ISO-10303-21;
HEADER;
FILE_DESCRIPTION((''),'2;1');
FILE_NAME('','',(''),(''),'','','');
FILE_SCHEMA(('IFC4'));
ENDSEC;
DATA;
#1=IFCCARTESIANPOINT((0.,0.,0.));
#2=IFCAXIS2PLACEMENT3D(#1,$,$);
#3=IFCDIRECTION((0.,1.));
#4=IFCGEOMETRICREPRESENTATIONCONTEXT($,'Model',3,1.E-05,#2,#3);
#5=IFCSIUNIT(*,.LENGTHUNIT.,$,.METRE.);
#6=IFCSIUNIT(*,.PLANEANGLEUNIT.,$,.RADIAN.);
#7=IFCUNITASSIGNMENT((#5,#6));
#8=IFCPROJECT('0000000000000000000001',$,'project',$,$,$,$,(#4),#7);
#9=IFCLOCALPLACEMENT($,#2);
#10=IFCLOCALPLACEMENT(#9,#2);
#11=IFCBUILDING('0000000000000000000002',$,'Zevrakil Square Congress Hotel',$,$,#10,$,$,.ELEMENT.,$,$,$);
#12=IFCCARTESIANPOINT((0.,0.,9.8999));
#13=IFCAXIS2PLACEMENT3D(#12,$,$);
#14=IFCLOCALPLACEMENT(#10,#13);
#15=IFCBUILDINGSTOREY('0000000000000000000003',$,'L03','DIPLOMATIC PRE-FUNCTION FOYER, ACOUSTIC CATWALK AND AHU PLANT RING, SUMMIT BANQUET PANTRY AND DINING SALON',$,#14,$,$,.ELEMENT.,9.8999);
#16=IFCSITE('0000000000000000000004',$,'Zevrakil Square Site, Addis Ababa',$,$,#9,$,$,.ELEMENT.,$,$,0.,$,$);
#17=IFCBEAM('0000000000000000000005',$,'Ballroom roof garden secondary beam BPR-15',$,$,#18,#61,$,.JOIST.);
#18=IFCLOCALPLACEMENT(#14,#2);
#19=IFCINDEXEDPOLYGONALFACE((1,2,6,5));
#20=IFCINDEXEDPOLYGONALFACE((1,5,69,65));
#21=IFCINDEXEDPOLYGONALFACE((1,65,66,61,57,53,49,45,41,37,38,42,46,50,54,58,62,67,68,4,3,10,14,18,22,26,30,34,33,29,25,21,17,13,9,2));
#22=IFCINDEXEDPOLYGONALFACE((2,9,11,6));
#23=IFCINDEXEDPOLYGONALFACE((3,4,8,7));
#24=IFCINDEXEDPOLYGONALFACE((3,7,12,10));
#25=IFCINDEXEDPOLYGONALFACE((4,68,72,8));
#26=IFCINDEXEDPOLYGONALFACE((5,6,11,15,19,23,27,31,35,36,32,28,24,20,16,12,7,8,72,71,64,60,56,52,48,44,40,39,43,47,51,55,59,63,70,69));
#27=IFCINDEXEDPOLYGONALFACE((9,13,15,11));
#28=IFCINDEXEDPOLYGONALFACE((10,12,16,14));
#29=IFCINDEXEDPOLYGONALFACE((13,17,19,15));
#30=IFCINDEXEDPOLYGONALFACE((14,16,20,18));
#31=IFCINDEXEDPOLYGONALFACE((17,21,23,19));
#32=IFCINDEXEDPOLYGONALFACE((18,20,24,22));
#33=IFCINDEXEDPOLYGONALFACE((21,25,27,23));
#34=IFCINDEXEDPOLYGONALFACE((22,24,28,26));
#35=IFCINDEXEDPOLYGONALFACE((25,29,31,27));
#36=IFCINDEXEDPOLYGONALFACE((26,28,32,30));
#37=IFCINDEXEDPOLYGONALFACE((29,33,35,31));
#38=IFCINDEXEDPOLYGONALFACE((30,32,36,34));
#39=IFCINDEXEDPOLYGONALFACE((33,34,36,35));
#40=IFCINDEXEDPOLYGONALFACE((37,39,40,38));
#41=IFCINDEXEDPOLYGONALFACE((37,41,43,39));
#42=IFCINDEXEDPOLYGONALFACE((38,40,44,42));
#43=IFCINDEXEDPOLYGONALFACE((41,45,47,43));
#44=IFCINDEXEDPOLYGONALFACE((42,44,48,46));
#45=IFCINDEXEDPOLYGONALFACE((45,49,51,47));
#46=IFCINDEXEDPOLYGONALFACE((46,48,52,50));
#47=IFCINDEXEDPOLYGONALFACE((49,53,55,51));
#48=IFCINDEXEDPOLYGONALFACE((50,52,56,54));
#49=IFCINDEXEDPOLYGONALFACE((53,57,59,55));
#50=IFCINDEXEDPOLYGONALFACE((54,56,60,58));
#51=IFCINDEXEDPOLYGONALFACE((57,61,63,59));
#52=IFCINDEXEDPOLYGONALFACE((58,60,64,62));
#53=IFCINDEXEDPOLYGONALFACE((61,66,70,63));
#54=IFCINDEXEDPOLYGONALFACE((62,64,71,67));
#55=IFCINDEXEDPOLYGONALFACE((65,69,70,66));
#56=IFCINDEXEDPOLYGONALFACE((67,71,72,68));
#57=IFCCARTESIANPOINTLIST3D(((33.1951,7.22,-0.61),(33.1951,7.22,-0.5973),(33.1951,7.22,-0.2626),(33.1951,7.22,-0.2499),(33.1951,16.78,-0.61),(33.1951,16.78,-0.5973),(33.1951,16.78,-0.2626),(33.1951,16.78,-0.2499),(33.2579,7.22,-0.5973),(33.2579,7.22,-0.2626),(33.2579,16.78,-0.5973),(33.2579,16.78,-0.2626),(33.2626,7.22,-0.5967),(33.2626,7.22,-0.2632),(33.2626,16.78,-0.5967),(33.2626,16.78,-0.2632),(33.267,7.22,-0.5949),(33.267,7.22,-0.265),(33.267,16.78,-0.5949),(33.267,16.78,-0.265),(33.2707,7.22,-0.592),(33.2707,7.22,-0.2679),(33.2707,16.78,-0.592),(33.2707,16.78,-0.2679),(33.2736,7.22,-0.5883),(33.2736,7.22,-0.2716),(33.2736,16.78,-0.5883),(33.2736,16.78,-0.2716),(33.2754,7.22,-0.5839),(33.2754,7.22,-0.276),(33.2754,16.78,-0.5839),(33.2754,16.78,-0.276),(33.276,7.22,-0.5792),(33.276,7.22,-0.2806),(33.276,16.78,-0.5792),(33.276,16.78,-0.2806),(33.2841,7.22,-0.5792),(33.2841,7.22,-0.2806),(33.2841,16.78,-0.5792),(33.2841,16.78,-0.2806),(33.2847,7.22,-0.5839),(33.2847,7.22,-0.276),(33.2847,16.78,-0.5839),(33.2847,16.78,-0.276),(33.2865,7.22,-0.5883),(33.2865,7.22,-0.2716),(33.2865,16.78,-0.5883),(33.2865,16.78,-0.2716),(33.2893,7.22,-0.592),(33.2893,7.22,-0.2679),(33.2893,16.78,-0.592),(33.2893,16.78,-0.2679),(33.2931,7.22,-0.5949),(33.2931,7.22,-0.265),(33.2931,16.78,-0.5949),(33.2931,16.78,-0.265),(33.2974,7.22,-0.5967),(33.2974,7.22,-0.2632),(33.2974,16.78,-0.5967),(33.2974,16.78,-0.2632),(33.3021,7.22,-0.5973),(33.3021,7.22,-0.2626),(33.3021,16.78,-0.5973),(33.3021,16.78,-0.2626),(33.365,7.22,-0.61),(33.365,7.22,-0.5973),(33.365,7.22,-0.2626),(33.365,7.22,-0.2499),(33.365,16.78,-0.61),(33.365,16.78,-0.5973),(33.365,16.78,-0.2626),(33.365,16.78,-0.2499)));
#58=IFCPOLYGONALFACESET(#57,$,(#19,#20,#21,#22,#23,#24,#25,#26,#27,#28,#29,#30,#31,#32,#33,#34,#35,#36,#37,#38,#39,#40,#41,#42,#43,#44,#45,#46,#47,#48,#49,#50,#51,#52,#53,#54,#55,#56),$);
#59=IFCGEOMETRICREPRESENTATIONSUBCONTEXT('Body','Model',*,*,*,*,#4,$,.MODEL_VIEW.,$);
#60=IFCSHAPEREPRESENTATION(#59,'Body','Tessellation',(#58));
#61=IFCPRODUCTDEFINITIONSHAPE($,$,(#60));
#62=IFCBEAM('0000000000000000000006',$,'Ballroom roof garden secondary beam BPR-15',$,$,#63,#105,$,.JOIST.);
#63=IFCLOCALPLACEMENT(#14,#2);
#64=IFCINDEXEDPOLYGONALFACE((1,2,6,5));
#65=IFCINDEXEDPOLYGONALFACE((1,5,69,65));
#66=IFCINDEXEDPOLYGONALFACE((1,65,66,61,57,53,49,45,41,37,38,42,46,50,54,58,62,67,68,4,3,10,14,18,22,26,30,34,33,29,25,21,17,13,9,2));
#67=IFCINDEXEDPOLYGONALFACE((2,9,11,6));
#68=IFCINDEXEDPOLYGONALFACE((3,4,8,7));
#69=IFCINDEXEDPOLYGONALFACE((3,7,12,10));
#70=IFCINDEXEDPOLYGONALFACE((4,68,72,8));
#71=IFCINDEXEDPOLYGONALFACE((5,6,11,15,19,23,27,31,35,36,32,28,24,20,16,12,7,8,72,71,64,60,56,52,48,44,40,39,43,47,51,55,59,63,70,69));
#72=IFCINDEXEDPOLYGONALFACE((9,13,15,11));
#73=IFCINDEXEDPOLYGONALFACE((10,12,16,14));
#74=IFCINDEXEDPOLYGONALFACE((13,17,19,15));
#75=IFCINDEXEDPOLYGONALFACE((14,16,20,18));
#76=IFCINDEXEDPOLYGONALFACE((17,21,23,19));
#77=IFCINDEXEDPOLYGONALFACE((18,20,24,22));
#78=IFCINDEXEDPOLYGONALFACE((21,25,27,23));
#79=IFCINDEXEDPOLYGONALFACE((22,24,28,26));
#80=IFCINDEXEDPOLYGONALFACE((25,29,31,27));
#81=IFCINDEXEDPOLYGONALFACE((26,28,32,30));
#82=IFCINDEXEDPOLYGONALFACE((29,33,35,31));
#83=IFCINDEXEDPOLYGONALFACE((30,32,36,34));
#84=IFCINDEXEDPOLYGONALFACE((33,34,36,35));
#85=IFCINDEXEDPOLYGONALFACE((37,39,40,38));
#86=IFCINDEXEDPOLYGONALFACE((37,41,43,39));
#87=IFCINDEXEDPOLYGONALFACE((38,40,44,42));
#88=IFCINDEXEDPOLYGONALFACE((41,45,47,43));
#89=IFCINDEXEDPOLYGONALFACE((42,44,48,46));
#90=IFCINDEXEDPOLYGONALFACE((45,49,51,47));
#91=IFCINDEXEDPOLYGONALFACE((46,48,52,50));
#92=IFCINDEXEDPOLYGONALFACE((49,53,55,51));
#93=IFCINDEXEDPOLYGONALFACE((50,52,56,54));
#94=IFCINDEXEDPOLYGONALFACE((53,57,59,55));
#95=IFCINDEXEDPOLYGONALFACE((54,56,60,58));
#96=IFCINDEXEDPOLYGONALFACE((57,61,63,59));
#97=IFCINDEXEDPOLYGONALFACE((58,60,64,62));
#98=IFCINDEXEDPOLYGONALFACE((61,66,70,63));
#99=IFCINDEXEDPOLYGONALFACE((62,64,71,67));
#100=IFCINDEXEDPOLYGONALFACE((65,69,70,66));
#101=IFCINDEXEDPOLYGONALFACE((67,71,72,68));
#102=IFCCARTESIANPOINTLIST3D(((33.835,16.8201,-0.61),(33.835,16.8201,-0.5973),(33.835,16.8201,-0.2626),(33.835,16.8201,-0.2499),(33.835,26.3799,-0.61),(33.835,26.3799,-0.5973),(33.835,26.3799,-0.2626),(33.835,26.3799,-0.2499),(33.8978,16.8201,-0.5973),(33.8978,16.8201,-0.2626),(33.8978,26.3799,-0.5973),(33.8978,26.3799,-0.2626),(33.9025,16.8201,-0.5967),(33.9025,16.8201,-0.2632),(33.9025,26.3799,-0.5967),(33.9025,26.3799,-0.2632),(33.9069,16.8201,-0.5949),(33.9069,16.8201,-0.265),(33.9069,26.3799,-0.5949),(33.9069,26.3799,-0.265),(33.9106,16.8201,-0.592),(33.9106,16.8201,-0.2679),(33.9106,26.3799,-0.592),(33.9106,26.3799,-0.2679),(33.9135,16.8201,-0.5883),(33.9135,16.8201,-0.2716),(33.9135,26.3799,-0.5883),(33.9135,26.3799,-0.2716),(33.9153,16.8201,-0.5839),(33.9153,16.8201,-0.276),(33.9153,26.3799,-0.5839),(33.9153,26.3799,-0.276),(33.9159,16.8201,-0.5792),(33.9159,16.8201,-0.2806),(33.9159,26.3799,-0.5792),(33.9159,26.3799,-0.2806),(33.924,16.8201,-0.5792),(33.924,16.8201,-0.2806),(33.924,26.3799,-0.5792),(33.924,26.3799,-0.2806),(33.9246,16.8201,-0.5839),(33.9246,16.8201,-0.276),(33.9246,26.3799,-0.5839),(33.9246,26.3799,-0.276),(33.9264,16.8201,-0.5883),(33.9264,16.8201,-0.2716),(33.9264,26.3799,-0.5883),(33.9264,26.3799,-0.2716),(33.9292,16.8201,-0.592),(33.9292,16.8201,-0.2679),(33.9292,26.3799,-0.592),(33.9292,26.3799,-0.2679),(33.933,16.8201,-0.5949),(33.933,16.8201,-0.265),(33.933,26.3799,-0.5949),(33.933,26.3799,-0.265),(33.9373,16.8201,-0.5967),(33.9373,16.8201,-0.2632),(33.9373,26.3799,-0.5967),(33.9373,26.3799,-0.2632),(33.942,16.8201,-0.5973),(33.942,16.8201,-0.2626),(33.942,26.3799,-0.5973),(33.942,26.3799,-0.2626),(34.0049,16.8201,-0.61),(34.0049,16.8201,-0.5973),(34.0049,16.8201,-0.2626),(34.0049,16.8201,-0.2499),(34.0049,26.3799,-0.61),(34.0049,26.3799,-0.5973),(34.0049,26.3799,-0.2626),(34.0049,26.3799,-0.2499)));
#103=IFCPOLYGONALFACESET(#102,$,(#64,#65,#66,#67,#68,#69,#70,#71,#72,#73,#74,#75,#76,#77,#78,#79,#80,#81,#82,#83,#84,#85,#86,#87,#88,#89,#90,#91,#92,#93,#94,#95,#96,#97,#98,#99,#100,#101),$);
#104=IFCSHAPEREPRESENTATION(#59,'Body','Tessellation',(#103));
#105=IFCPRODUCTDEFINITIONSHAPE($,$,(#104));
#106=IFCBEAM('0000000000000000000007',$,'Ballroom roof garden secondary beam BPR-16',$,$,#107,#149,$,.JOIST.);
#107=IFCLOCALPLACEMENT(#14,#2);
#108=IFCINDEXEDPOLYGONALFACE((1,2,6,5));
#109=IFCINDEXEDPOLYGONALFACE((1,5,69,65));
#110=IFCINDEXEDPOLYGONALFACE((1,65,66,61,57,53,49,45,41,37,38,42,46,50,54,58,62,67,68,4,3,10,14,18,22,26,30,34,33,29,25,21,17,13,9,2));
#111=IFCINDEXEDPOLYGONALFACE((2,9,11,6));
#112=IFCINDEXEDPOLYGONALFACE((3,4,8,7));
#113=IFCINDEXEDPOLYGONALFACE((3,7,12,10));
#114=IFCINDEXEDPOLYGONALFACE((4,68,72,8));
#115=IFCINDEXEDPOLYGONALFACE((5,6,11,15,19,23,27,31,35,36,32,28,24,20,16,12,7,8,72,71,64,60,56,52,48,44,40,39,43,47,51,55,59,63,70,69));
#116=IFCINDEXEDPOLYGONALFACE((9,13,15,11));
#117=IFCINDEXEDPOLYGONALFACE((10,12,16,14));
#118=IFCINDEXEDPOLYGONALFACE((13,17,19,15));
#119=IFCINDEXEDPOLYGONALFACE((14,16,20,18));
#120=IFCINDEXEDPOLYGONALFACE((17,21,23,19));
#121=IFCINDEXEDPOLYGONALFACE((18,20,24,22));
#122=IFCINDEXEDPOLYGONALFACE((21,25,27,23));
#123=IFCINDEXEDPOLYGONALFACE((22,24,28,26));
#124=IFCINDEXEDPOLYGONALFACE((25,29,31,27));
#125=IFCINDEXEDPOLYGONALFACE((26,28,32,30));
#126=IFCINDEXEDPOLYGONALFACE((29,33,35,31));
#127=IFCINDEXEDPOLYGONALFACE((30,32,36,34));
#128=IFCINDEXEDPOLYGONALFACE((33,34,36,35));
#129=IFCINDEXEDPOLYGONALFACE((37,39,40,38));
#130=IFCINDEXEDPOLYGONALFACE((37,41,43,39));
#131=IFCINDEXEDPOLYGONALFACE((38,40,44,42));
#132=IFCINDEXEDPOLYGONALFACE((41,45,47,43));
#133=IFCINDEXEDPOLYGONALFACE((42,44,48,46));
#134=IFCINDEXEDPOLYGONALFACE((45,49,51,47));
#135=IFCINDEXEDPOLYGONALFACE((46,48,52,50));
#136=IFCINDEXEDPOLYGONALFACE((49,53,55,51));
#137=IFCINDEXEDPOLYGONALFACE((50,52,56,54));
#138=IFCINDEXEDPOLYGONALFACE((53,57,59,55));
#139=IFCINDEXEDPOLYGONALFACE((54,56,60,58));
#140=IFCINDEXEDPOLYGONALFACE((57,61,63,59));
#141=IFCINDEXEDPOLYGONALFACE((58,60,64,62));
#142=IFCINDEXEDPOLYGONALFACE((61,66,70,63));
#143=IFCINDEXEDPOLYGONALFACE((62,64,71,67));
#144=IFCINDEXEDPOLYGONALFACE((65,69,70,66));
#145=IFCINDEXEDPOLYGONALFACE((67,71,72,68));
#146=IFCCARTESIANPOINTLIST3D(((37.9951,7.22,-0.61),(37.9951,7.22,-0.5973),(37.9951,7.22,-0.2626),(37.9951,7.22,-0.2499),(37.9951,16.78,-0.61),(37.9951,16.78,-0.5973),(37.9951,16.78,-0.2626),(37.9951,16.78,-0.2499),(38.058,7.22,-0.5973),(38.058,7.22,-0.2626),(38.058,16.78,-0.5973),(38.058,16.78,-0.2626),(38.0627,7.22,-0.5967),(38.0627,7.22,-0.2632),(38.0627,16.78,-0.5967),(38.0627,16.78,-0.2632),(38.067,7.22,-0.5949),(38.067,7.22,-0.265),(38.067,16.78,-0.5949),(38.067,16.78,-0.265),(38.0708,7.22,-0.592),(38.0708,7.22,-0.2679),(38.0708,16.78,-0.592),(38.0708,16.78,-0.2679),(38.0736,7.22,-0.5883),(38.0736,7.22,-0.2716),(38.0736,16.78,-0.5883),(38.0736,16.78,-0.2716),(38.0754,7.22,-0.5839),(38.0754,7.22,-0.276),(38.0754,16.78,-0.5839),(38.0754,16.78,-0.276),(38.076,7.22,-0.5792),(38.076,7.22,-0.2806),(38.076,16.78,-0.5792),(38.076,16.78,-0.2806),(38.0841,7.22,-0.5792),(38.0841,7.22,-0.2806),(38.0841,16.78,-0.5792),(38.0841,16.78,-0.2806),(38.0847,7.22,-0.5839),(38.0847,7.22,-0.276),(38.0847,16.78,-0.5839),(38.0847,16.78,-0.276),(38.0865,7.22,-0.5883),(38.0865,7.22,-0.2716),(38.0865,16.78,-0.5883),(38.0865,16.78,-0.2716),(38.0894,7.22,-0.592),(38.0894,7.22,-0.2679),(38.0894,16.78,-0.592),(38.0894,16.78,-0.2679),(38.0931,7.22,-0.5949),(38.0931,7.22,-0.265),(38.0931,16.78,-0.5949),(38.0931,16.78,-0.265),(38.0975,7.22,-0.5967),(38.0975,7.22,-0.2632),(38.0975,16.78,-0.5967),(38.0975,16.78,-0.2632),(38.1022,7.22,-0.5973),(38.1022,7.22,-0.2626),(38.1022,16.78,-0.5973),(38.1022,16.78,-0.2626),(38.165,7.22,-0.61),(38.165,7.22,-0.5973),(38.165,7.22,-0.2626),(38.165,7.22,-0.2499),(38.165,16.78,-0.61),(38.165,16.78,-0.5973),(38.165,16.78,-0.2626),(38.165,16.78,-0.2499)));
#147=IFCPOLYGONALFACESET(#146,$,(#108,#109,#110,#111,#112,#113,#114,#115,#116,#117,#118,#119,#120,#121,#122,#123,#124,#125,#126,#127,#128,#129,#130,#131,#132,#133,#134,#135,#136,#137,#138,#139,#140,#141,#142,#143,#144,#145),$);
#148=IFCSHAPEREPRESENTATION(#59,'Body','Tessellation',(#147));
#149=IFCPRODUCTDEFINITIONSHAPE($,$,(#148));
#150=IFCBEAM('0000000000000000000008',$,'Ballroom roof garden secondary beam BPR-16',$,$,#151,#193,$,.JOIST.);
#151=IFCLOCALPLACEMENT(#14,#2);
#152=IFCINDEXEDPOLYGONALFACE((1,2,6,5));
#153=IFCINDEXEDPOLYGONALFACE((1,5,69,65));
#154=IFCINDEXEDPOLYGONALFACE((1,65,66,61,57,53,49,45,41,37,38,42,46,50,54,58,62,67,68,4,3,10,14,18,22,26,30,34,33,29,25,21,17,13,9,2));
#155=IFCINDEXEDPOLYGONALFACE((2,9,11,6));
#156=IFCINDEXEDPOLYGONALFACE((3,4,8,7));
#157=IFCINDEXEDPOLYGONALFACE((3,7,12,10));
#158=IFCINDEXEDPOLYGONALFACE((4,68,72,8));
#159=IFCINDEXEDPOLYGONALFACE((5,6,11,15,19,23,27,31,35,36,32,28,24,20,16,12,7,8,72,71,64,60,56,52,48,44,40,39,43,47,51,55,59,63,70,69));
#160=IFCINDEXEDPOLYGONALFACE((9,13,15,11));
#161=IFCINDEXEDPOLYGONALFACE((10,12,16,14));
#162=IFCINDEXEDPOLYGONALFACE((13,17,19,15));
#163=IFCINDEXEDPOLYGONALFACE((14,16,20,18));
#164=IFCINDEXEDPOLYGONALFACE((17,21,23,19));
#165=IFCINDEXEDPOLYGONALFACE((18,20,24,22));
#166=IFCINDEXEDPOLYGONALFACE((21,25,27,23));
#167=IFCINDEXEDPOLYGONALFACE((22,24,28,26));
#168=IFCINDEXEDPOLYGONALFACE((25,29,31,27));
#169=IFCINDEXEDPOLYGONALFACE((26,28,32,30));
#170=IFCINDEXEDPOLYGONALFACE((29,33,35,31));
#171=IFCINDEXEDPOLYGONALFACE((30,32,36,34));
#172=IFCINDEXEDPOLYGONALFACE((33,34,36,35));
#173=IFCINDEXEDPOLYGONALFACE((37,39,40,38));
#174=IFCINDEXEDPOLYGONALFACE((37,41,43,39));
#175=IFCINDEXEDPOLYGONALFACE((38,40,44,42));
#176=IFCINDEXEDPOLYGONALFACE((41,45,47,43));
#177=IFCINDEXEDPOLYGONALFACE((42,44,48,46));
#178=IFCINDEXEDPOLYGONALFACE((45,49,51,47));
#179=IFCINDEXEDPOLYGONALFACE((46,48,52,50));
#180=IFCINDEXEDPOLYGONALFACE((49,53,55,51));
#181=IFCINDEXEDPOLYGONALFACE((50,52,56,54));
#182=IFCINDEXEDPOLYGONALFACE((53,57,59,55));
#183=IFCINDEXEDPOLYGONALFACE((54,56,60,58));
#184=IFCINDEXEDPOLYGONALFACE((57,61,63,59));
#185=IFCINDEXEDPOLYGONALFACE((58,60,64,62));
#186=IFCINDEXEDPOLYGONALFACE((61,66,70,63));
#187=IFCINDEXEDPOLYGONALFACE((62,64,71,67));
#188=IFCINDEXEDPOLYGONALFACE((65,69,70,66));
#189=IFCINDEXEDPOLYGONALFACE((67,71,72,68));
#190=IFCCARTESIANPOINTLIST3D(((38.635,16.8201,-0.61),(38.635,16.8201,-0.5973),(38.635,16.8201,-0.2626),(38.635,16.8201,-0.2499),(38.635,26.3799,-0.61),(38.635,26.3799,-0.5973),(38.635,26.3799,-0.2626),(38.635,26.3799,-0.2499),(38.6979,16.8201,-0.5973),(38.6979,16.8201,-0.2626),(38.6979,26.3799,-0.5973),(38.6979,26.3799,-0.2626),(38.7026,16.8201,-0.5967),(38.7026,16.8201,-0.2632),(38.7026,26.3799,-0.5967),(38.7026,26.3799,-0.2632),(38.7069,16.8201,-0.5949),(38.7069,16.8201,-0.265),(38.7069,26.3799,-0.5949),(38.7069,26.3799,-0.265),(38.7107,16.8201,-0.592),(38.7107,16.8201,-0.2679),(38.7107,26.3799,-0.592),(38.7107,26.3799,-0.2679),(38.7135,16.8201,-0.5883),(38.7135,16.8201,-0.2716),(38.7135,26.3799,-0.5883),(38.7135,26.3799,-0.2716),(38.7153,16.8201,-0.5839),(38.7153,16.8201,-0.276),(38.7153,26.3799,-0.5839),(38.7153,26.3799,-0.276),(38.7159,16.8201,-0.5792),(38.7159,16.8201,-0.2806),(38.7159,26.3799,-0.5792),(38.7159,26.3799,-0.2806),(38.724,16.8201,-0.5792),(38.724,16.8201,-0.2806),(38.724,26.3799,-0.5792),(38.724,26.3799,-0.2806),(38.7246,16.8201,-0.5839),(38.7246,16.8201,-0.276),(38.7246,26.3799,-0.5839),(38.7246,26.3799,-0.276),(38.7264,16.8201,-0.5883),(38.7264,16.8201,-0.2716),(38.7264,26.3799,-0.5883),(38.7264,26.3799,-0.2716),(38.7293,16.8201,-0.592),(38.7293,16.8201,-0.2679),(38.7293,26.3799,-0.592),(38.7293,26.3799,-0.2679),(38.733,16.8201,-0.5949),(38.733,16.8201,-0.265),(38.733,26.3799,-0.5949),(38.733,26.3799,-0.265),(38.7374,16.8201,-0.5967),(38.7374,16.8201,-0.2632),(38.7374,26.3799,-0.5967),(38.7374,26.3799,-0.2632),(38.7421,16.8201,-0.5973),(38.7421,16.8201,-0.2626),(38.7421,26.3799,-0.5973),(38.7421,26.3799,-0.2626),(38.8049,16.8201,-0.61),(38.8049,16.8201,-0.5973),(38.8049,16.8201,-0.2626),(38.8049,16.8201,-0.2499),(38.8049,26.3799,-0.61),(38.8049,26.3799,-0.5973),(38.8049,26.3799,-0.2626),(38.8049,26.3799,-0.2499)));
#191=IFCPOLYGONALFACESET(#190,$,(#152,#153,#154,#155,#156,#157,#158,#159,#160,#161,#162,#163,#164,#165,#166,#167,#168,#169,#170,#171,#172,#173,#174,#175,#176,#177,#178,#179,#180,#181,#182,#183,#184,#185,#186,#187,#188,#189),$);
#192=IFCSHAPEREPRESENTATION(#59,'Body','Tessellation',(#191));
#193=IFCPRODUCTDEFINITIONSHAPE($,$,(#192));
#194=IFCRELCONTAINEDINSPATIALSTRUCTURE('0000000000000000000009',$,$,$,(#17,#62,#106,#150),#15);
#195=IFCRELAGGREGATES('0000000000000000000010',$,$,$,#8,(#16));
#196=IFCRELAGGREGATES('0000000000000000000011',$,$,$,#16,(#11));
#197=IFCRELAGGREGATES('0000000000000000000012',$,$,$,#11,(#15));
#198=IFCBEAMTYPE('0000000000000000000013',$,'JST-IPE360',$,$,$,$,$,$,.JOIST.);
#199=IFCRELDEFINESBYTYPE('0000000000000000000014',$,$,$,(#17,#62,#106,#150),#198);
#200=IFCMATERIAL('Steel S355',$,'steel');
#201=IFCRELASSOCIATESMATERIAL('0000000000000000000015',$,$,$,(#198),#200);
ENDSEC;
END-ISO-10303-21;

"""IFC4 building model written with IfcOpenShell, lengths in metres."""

from ifc_helpers import new_model, si_unit, direction, frame, origin, origin_2d, place, context, subcontext, project, spatial, i_section, extrude, material, material_profile, profile_set, type_object, element, save


model = new_model("IFC4")

# Units and contexts
model_context = context("Model", 3, precision=1e-05, world=origin(), true_north=direction((0.0, 1.0)))
body_context = subcontext(model_context, "Body", "Model", "MODEL_VIEW")
ifc_project = project(units=[si_unit("LENGTHUNIT", "METRE"), si_unit("PLANEANGLEUNIT", "RADIAN")], contexts=[model_context])

# Site, building, storey
site_placement = place(None, origin())
site = spatial("IfcSite", under=ifc_project, at=site_placement, Name="Zevrakil Square Site, Addis Ababa", CompositionType="ELEMENT", RefElevation=0.0)
building_placement = place(site_placement, origin())
building = spatial("IfcBuilding", under=site, at=building_placement, Name="Zevrakil Square Congress Hotel", CompositionType="ELEMENT")
storey_placement = place(building_placement, frame((0.0, 0.0, 9.8999)))
storey = spatial("IfcBuildingStorey", under=building, at=storey_placement, Name="L03", Description="DIPLOMATIC PRE-FUNCTION FOYER, ACOUSTIC CATWALK AND AHU PLANT RING, SUMMIT BANQUET PANTRY AND DINING SALON", CompositionType="ELEMENT", Elevation=9.8999)

# Beams
ifc_material_1 = material(Name="Steel S355", Category="steel")
ifc_material_profile_1 = material_profile(ifc_material_1, i_section(OverallWidth=0.1699, OverallDepth=0.3601, WebThickness=0.0081, FlangeThickness=0.0127, FilletRadius=0.0181, at=origin_2d()), Name="IPE 360")
ifc_profile_set_1 = profile_set([ifc_material_profile_1], Name="Steel S355")
beam_type_1 = type_object("IfcBeamType", Name="JST-IPE360", PredefinedType="JOIST", material=ifc_profile_set_1)
beam_1_placement = place(storey_placement, frame((33.28, 7.22, -0.4299), z_axis=(0.0, 1.0, 0.0), x_axis=(-1.0, 0.0, 0.0)))
element("IfcBeam", 1, at=beam_1_placement, inside=storey, type_object=beam_type_1, Name="Ballroom roof garden secondary beam BPR-15", PredefinedType="JOIST", context=body_context, shape_type="SweptSolid", body=[
    extrude(i_section(OverallWidth=0.1699, OverallDepth=0.3601, WebThickness=0.0081, FlangeThickness=0.0127, FilletRadius=0.0181, at=origin_2d()), origin(), (0.0, 0.0, 1.0), 9.5601),
])
beam_2_placement = place(storey_placement, frame((33.9199, 16.8201, -0.4299), z_axis=(0.0, 1.0, 0.0), x_axis=(-1.0, 0.0, 0.0)))
element("IfcBeam", 2, at=beam_2_placement, inside=storey, type_object=beam_type_1, Name="Ballroom roof garden secondary beam BPR-15", PredefinedType="JOIST", context=body_context, shape_type="SweptSolid", body=[
    extrude(i_section(OverallWidth=0.1699, OverallDepth=0.3601, WebThickness=0.0081, FlangeThickness=0.0127, FilletRadius=0.0181, at=origin_2d()), origin(), (0.0, 0.0, 1.0), 9.5598),
])
beam_3_placement = place(storey_placement, frame((38.0801, 7.22, -0.4299), z_axis=(0.0, 1.0, 0.0), x_axis=(-1.0, 0.0, 0.0)))
element("IfcBeam", 3, at=beam_3_placement, inside=storey, type_object=beam_type_1, Name="Ballroom roof garden secondary beam BPR-16", PredefinedType="JOIST", context=body_context, shape_type="SweptSolid", body=[
    extrude(i_section(OverallWidth=0.1699, OverallDepth=0.3601, WebThickness=0.0081, FlangeThickness=0.0127, FilletRadius=0.0181, at=origin_2d()), origin(), (0.0, 0.0, 1.0), 9.5601),
])
beam_4_placement = place(storey_placement, frame((38.72, 16.8201, -0.4299), z_axis=(0.0, 1.0, 0.0), x_axis=(-1.0, 0.0, 0.0)))
element("IfcBeam", 4, at=beam_4_placement, inside=storey, type_object=beam_type_1, Name="Ballroom roof garden secondary beam BPR-16", PredefinedType="JOIST", context=body_context, shape_type="SweptSolid", body=[
    extrude(i_section(OverallWidth=0.1699, OverallDepth=0.3601, WebThickness=0.0081, FlangeThickness=0.0127, FilletRadius=0.0181, at=origin_2d()), origin(), (0.0, 0.0, 1.0), 9.5598),
])

save(model, "model.ifc")
